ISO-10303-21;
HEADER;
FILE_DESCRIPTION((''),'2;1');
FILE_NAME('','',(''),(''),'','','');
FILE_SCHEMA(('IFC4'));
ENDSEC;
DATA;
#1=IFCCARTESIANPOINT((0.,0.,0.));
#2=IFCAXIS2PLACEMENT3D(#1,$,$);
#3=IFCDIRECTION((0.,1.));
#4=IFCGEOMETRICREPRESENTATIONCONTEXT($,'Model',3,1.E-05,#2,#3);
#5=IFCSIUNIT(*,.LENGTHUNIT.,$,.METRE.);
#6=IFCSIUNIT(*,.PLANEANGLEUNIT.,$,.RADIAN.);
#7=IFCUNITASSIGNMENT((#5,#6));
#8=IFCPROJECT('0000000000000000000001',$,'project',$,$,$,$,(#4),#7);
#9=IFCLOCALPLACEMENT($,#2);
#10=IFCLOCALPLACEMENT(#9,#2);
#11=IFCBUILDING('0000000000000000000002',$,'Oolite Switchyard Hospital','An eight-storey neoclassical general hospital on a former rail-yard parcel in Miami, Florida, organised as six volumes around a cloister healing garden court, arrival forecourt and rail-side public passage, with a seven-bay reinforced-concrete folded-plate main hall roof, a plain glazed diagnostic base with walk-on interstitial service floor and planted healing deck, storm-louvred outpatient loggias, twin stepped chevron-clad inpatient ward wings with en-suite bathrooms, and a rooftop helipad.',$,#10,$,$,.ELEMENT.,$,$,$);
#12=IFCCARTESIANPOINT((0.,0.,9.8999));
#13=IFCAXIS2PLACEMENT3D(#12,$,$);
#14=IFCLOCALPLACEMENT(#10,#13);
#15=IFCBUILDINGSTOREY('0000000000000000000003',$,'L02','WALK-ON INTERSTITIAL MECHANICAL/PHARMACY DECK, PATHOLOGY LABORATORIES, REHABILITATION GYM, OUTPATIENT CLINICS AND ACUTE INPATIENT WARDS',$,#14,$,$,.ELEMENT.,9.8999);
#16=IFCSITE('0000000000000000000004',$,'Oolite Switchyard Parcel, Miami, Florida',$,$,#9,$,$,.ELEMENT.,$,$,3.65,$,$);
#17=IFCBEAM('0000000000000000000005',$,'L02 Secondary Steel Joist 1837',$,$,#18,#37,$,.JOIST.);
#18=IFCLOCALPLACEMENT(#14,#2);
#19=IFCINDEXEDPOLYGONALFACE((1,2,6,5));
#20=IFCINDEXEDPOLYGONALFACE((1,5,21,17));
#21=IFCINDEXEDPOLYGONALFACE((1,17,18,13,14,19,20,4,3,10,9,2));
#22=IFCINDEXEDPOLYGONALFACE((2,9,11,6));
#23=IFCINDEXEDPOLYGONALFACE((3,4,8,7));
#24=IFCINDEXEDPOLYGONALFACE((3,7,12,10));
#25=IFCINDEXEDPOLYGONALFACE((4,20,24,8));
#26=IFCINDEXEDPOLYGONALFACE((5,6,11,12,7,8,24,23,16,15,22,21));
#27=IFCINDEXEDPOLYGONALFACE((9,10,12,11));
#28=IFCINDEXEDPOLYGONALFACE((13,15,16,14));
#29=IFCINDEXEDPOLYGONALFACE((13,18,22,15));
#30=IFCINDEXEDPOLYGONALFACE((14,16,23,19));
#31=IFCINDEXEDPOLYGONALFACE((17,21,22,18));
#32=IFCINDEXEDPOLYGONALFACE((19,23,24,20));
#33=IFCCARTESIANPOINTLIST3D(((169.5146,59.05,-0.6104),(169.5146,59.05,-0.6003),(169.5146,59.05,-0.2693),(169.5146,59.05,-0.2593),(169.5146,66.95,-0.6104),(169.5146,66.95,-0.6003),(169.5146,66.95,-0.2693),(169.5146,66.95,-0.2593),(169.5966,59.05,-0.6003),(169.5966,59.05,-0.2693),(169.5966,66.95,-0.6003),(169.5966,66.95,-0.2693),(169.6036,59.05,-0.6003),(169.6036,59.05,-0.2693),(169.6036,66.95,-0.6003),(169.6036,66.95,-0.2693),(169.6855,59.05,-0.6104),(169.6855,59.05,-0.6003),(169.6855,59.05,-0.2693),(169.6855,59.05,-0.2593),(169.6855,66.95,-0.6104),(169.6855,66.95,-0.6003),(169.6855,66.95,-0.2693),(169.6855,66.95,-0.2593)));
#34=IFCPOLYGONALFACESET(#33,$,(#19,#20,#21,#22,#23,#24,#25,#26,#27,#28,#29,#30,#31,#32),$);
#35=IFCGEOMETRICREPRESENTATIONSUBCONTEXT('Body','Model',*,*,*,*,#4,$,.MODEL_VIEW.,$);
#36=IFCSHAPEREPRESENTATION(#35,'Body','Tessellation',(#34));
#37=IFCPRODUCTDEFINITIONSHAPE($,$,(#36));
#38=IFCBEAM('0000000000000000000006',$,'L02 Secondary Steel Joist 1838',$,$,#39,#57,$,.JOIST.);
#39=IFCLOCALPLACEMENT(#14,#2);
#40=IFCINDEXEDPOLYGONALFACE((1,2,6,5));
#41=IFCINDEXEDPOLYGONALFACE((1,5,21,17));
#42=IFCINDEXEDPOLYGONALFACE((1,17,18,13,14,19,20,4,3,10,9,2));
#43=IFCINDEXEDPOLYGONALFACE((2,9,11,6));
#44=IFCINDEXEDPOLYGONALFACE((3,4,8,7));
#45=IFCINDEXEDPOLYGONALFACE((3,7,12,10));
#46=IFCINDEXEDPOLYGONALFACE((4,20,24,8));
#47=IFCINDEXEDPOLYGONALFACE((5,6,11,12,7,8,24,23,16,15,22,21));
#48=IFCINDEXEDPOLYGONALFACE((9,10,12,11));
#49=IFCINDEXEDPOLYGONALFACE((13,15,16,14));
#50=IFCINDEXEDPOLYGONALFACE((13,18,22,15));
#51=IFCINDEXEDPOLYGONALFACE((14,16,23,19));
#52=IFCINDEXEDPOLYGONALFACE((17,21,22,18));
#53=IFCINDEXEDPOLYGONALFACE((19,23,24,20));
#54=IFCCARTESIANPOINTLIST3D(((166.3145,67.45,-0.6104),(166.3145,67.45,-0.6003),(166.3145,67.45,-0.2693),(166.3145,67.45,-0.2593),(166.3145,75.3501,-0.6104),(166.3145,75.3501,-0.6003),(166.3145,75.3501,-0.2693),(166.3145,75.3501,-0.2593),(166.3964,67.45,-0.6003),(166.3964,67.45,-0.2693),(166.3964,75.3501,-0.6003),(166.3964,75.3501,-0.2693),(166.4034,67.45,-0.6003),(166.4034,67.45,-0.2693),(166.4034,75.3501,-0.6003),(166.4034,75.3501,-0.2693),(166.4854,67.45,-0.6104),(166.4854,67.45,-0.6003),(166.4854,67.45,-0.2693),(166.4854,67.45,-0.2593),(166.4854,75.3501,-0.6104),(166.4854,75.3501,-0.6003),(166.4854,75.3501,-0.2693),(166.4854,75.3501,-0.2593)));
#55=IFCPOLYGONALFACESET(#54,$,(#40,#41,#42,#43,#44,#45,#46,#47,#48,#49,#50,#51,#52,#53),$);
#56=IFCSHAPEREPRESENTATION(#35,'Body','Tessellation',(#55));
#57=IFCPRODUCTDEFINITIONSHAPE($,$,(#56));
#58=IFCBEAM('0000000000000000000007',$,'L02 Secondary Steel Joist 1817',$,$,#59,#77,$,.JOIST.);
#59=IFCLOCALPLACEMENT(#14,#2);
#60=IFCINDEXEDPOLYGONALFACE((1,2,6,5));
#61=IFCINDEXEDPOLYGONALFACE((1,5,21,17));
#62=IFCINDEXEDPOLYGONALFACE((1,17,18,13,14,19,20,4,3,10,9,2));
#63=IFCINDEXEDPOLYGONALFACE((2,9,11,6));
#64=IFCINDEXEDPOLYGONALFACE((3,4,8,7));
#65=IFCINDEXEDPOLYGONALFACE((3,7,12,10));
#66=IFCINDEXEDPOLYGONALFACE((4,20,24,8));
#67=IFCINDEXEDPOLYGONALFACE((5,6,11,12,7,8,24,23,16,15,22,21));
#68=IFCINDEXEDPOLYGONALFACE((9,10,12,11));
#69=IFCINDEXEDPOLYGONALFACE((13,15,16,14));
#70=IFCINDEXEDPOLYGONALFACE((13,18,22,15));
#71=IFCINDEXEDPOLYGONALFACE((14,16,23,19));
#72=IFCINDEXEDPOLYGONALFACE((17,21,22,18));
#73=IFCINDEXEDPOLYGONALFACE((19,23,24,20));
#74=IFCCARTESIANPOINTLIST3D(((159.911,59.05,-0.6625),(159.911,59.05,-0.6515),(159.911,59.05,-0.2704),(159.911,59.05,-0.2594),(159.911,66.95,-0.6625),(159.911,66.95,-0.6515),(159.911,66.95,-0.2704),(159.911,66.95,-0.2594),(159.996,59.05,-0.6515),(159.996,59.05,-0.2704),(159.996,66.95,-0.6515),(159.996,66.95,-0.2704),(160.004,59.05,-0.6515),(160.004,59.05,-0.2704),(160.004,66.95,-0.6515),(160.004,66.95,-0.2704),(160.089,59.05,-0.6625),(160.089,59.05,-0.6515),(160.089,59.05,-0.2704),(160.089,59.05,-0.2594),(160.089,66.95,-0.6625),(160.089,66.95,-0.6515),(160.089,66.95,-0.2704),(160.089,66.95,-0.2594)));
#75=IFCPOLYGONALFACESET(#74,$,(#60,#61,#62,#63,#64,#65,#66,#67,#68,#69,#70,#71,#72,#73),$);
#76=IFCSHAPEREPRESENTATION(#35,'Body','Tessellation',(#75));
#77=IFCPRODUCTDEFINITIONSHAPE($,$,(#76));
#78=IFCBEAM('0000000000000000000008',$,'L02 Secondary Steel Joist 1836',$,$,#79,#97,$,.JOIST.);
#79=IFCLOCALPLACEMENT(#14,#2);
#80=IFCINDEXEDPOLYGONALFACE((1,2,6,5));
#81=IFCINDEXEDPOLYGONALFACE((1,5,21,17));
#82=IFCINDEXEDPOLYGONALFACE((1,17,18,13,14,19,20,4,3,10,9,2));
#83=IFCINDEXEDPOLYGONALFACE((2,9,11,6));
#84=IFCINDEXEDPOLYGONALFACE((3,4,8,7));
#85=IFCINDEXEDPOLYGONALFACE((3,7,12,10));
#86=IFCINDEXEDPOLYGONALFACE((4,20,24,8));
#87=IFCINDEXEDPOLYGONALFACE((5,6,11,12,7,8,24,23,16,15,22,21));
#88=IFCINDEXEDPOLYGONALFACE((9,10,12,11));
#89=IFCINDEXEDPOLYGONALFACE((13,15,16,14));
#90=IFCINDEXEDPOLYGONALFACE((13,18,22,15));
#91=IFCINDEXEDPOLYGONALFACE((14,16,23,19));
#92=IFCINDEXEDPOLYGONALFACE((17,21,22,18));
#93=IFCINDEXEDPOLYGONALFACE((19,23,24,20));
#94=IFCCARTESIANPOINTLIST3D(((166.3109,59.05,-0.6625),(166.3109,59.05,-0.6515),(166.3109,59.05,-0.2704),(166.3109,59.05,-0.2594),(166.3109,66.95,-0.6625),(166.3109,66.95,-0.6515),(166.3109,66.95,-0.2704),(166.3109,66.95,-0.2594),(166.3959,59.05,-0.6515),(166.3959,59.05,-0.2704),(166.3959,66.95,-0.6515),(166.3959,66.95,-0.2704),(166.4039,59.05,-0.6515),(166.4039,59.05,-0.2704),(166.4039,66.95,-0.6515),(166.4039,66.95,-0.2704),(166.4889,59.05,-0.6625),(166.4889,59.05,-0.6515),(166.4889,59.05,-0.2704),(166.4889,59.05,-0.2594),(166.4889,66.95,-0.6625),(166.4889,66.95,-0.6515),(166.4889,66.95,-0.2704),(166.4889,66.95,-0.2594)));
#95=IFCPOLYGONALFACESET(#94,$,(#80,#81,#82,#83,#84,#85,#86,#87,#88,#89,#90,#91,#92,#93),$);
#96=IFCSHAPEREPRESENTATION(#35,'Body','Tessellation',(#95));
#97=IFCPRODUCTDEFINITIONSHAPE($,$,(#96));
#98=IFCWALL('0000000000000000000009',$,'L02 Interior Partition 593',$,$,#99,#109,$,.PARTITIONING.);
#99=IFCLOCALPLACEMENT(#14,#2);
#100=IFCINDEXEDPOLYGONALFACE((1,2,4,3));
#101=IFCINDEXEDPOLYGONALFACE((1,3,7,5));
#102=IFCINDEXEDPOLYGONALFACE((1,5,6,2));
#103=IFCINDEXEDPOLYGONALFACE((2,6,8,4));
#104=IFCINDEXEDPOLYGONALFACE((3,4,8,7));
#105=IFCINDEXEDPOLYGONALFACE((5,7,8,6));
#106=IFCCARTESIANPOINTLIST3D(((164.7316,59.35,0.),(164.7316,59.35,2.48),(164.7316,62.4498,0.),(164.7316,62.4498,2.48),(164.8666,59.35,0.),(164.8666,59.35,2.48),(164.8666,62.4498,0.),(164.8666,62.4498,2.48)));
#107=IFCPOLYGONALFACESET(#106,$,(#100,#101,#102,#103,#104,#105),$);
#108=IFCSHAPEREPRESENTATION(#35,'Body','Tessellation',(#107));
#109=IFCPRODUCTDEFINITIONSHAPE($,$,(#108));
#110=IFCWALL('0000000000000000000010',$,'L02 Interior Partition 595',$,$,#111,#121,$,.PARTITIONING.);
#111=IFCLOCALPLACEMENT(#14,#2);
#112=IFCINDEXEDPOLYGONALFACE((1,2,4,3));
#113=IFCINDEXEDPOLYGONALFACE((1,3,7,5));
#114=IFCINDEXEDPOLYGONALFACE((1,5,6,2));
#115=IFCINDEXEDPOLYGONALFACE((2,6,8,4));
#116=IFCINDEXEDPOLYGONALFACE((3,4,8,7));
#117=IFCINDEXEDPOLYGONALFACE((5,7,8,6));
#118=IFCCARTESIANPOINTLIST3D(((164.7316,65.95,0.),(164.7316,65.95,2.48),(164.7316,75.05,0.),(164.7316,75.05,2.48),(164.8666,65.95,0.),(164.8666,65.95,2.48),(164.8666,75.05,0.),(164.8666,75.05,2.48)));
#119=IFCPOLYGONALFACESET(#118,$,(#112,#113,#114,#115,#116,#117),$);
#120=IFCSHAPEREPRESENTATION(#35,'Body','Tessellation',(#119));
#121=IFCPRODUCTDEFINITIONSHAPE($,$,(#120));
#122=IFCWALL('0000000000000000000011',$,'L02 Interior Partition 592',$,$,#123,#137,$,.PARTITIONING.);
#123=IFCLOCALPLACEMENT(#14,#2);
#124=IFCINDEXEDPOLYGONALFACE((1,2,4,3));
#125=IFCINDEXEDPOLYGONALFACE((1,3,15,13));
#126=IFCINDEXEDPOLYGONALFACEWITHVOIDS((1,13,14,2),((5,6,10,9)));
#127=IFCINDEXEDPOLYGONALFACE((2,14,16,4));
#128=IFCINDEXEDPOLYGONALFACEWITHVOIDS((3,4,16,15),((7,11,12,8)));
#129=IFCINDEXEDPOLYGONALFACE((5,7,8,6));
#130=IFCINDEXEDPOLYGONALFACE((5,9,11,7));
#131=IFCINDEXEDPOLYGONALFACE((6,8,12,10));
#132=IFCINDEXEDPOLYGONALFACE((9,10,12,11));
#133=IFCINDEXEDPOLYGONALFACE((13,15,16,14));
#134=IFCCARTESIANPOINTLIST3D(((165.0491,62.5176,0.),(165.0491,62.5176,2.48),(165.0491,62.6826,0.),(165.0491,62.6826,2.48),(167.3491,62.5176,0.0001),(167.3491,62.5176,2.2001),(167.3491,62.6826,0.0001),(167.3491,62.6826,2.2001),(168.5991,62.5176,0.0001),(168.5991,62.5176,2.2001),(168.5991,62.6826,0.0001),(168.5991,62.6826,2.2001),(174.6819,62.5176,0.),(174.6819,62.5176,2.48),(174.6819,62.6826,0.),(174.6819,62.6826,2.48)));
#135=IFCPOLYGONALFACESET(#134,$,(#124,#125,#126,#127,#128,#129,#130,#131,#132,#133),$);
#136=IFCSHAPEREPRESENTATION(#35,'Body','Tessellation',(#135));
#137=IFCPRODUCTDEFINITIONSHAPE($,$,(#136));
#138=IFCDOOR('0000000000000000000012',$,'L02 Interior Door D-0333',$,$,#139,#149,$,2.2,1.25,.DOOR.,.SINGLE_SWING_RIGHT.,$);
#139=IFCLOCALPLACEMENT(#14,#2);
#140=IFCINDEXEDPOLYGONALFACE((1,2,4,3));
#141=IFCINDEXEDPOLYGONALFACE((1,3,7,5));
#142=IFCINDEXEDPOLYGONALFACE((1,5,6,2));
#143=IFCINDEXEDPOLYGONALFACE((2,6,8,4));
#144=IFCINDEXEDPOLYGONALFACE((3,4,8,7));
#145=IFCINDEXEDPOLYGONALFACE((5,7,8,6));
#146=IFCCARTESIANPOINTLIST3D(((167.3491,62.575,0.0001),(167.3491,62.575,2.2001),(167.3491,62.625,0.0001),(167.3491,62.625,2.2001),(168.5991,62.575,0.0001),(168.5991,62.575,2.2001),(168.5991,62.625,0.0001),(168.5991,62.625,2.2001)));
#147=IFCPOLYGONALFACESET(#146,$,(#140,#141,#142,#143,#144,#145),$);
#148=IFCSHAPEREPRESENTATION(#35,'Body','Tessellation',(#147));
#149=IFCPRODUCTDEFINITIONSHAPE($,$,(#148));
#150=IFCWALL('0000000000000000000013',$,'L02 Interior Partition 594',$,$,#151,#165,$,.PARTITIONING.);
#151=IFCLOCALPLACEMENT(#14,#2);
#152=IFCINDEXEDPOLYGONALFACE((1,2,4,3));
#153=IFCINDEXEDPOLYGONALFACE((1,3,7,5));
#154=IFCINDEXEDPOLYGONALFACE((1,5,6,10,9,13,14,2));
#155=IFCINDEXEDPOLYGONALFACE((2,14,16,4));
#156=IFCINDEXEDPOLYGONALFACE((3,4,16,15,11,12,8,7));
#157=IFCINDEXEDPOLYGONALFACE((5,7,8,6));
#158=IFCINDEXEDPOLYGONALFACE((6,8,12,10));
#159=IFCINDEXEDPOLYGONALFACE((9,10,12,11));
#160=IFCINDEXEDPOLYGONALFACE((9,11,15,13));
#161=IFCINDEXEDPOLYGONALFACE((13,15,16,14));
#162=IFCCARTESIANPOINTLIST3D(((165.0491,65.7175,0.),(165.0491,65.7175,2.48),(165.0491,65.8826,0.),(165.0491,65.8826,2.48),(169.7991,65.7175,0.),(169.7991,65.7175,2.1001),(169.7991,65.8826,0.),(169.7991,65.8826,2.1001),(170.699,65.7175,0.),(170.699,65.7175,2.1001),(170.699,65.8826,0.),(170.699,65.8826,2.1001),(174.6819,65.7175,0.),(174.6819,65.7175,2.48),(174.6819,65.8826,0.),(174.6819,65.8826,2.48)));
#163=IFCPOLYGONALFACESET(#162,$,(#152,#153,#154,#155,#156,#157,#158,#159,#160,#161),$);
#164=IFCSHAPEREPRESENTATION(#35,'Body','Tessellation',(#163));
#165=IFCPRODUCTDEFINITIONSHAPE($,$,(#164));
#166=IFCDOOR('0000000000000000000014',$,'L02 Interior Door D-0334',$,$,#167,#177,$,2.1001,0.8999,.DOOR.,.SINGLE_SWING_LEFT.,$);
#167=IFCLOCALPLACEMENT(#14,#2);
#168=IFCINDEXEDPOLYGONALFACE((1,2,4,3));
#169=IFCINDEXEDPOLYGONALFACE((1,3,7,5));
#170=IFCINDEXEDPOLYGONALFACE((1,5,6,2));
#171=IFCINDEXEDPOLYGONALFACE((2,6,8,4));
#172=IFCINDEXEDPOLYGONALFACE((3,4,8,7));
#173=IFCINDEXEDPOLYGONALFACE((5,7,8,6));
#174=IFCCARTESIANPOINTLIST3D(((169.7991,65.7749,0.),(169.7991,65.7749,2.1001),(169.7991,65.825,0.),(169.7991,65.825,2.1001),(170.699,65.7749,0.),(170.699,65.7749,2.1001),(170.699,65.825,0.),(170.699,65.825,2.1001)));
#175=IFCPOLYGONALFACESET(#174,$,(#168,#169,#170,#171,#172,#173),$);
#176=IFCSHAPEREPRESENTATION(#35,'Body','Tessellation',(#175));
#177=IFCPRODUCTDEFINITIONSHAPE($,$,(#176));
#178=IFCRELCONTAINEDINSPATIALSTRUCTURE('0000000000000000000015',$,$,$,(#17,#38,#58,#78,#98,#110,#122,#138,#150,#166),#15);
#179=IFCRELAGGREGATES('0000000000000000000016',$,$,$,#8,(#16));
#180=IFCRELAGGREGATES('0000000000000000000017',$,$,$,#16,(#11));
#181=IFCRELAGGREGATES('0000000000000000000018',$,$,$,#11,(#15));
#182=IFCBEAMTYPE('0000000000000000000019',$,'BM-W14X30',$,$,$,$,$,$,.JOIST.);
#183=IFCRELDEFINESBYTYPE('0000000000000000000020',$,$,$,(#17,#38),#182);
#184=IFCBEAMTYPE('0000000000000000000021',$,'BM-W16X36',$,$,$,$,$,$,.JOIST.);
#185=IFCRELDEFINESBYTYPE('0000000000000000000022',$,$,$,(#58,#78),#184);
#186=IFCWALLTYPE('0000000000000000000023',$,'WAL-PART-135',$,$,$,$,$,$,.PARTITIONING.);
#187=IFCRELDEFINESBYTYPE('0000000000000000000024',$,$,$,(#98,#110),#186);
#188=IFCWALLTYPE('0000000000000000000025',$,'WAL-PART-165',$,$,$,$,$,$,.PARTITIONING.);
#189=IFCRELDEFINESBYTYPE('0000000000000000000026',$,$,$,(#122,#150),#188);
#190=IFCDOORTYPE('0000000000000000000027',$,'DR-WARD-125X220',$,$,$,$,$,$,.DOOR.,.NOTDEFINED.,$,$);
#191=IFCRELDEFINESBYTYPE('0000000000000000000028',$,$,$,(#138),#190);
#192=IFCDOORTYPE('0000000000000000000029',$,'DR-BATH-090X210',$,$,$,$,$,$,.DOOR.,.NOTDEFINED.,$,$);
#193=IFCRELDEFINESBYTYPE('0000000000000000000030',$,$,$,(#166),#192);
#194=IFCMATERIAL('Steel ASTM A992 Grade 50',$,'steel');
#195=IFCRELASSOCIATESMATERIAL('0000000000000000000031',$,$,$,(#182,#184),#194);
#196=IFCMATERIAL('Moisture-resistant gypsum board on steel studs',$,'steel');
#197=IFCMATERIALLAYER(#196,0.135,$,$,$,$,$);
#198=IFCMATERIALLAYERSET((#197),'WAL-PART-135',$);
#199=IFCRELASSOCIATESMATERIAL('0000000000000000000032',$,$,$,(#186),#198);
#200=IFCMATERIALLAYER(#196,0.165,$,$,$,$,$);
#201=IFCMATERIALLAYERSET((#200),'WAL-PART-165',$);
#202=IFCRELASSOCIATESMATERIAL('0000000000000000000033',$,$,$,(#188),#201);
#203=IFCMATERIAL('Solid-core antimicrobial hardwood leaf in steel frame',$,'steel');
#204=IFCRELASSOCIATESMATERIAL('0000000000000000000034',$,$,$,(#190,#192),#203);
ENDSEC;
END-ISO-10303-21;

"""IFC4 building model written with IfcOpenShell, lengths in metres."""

from ifc_helpers import new_model, si_unit, direction, frame, frame_2d, origin, origin_2d, place, context, subcontext, project, spatial, rectangle, i_section, extrude, material, layer, layer_set, material_profile, profile_set, type_object, element, fill, save


model = new_model("IFC4")

# Units and contexts
model_context = context("Model", 3, precision=1e-05, world=origin(), true_north=direction((0.0, 1.0)))
body_context = subcontext(model_context, "Body", "Model", "MODEL_VIEW")
ifc_project = project(units=[si_unit("LENGTHUNIT", "METRE"), si_unit("PLANEANGLEUNIT", "RADIAN")], contexts=[model_context])

# Site, building, storey
site_placement = place(None, origin())
site = spatial("IfcSite", under=ifc_project, at=site_placement, Name="Oolite Switchyard Parcel, Miami, Florida", CompositionType="ELEMENT", RefElevation=3.65)
building_placement = place(site_placement, origin())
building = spatial("IfcBuilding", under=site, at=building_placement, Name="Oolite Switchyard Hospital", Description="An eight-storey neoclassical general hospital on a former rail-yard parcel in Miami, Florida, organised as six volumes around a cloister healing garden court, arrival forecourt and rail-side public passage, with a seven-bay reinforced-concrete folded-plate main hall roof, a plain glazed diagnostic base with walk-on interstitial service floor and planted healing deck, storm-louvred outpatient loggias, twin stepped chevron-clad inpatient ward wings with en-suite bathrooms, and a rooftop helipad.", CompositionType="ELEMENT")
storey_placement = place(building_placement, frame((0.0, 0.0, 9.8999)))
storey = spatial("IfcBuildingStorey", under=building, at=storey_placement, Name="L02", Description="WALK-ON INTERSTITIAL MECHANICAL/PHARMACY DECK, PATHOLOGY LABORATORIES, REHABILITATION GYM, OUTPATIENT CLINICS AND ACUTE INPATIENT WARDS", CompositionType="ELEMENT", Elevation=9.8999)

# Beams
ifc_material_1 = material(Name="Steel ASTM A992 Grade 50", Category="steel")
ifc_material_profile_1 = material_profile(ifc_material_1, i_section(OverallWidth=0.1709, OverallDepth=0.3511, WebThickness=0.0071, FlangeThickness=0.01, at=origin_2d()), Name="W14X30")
ifc_profile_set_1 = profile_set([ifc_material_profile_1], Name="Steel ASTM A992 Grade 50")
beam_type_1 = type_object("IfcBeamType", Name="BM-W14X30", PredefinedType="JOIST", material=ifc_profile_set_1)
beam_1_placement = place(storey_placement, frame((169.6001, 59.05, -0.4348), z_axis=(0.0, 1.0, 0.0), x_axis=(-1.0, 0.0, 0.0)))
element("IfcBeam", 1, at=beam_1_placement, inside=storey, type_object=beam_type_1, Name="L02 Secondary Steel Joist 1837", PredefinedType="JOIST", context=body_context, shape_type="SweptSolid", body=[
    extrude(i_section(OverallWidth=0.1709, OverallDepth=0.3511, WebThickness=0.0071, FlangeThickness=0.01, at=origin_2d()), origin(), (0.0, 0.0, 1.0), 7.8999),
])
beam_2_placement = place(storey_placement, frame((166.3999, 67.45, -0.4348), z_axis=(0.0, 1.0, 0.0), x_axis=(-1.0, 0.0, 0.0)))
element("IfcBeam", 2, at=beam_2_placement, inside=storey, type_object=beam_type_1, Name="L02 Secondary Steel Joist 1838", PredefinedType="JOIST", context=body_context, shape_type="SweptSolid", body=[
    extrude(i_section(OverallWidth=0.1709, OverallDepth=0.3511, WebThickness=0.0071, FlangeThickness=0.01, at=origin_2d()), origin(), (0.0, 0.0, 1.0), 7.9001),
])
ifc_material_profile_2 = material_profile(ifc_material_1, i_section(OverallWidth=0.178, OverallDepth=0.4031, WebThickness=0.0081, FlangeThickness=0.011, at=origin_2d()), Name="W16X36")
ifc_profile_set_2 = profile_set([ifc_material_profile_2], Name="Steel ASTM A992 Grade 50")
beam_type_2 = type_object("IfcBeamType", Name="BM-W16X36", PredefinedType="JOIST", material=ifc_profile_set_2)
for number, where, z_axis, x_axis, name in (
    (3, (160.0, 59.05, -0.4609), (0.0, 1.0, 0.0), (-1.0, 0.0, 0.0), "L02 Secondary Steel Joist 1817"),
    (4, (166.3999, 59.05, -0.4609), (0.0, 1.0, 0.0), (-1.0, 0.0, 0.0), "L02 Secondary Steel Joist 1836"),
):
    element("IfcBeam", number, at=place(storey_placement, frame(where, z_axis=z_axis, x_axis=x_axis)), inside=storey, type_object=beam_type_2, Name=name, PredefinedType="JOIST", context=body_context, shape_type="SweptSolid", body=[
        extrude(i_section(OverallWidth=0.178, OverallDepth=0.4031, WebThickness=0.0081, FlangeThickness=0.011, at=origin_2d()), origin(), (0.0, 0.0, 1.0), 7.8999),
    ])

# Walls
ifc_material_2 = material(Name="Moisture-resistant gypsum board on steel studs", Category="steel")
ifc_layer_1 = layer(ifc_material_2, 0.135)
ifc_layer_set_1 = layer_set([ifc_layer_1], Name="WAL-PART-135")
wall_type_1 = type_object("IfcWallType", Name="WAL-PART-135", PredefinedType="PARTITIONING", material=ifc_layer_set_1)
wall_1_placement = place(storey_placement, frame((164.7991, 59.3501, 0.0), z_axis=(0.0, 0.0, 1.0), x_axis=(0.0, 1.0, 0.0)))
element("IfcWall", 5, at=wall_1_placement, inside=storey, type_object=wall_type_1, Name="L02 Interior Partition 593", PredefinedType="PARTITIONING", context=body_context, shape_type="SweptSolid", body=[
    extrude(rectangle(XDim=3.0999, YDim=0.135, at=frame_2d((1.5498, 0.0))), origin(), (0.0, 0.0, 1.0), 2.48),
])
wall_2_placement = place(storey_placement, frame((164.7991, 65.95, 0.0), z_axis=(0.0, 0.0, 1.0), x_axis=(0.0, 1.0, 0.0)))
element("IfcWall", 6, at=wall_2_placement, inside=storey, type_object=wall_type_1, Name="L02 Interior Partition 595", PredefinedType="PARTITIONING", context=body_context, shape_type="SweptSolid", body=[
    extrude(rectangle(XDim=9.1001, YDim=0.135, at=frame_2d((4.55, 0.0))), origin(), (0.0, 0.0, 1.0), 2.48),
])

# Walls, openings, doors
ifc_layer_2 = layer(ifc_material_2, 0.165)
ifc_layer_set_2 = layer_set([ifc_layer_2], Name="WAL-PART-165")
wall_type_2 = type_object("IfcWallType", Name="WAL-PART-165", PredefinedType="PARTITIONING", material=ifc_layer_set_2)
wall_3_placement = place(storey_placement, frame((165.0491, 62.6001, 0.0), z_axis=(0.0, 0.0, 1.0), x_axis=(1.0, 0.0, 0.0)))
wall_3 = element("IfcWall", 7, at=wall_3_placement, inside=storey, type_object=wall_type_2, Name="L02 Interior Partition 592", PredefinedType="PARTITIONING", context=body_context, shape_type="SweptSolid", body=[
    extrude(rectangle(XDim=9.6328, YDim=0.165, at=frame_2d((4.8164, 0.0))), origin(), (0.0, 0.0, 1.0), 2.48),
])
opening_1_placement = place(wall_3_placement, frame((2.3, 0.0, 0.0)))
opening_1 = element("IfcOpeningElement", 8, at=opening_1_placement, cuts=wall_3, PredefinedType="OPENING", context=body_context, shape_type="SweptSolid", body=[
    extrude(rectangle(XDim=1.25, YDim=2.2, at=frame_2d((0.625, 1.1001))), frame((0.0, 0.0925, 0.0), z_axis=(0.0, -1.0, 0.0), x_axis=(1.0, 0.0, 0.0)), (0.0, 0.0, 1.0), 0.1851),
])
ifc_material_3 = material(Name="Solid-core antimicrobial hardwood leaf in steel frame", Category="steel")
door_type_1 = type_object("IfcDoorType", Name="DR-WARD-125X220", OperationType="NOTDEFINED", PredefinedType="DOOR", material=ifc_material_3)
door_1_placement = place(opening_1_placement, origin())
door_1 = element("IfcDoor", 9, at=door_1_placement, inside=storey, type_object=door_type_1, Name="L02 Interior Door D-0333", OperationType="SINGLE_SWING_RIGHT", OverallHeight=2.2, OverallWidth=1.25, PredefinedType="DOOR", context=body_context, shape_type="SweptSolid", body=[
    extrude(rectangle(XDim=1.25, YDim=2.2, at=frame_2d((0.625, 1.1001))), frame((0.0, 0.0249, 0.0), z_axis=(0.0, -1.0, 0.0), x_axis=(1.0, 0.0, 0.0)), (0.0, 0.0, 1.0), 0.05),
])
fill(opening_1, door_1)
wall_4_placement = place(storey_placement, frame((165.0491, 65.8, 0.0), z_axis=(0.0, 0.0, 1.0), x_axis=(1.0, 0.0, 0.0)))
wall_4 = element("IfcWall", 10, at=wall_4_placement, inside=storey, type_object=wall_type_2, Name="L02 Interior Partition 594", PredefinedType="PARTITIONING", context=body_context, shape_type="SweptSolid", body=[
    extrude(rectangle(XDim=9.6328, YDim=0.165, at=frame_2d((4.8164, 0.0))), origin(), (0.0, 0.0, 1.0), 2.48),
])
opening_2_placement = place(wall_4_placement, frame((4.75, 0.0, 0.0)))
opening_2 = element("IfcOpeningElement", 11, at=opening_2_placement, cuts=wall_4, PredefinedType="OPENING", context=body_context, shape_type="SweptSolid", body=[
    extrude(rectangle(XDim=0.8999, YDim=2.1001, at=frame_2d((0.45, 1.05))), frame((0.0, 0.0925, 0.0), z_axis=(0.0, -1.0, 0.0), x_axis=(1.0, 0.0, 0.0)), (0.0, 0.0, 1.0), 0.1851),
])
door_type_2 = type_object("IfcDoorType", Name="DR-BATH-090X210", OperationType="NOTDEFINED", PredefinedType="DOOR", material=ifc_material_3)
door_2_placement = place(opening_2_placement, origin())
door_2 = element("IfcDoor", 12, at=door_2_placement, inside=storey, type_object=door_type_2, Name="L02 Interior Door D-0334", OperationType="SINGLE_SWING_LEFT", OverallHeight=2.1001, OverallWidth=0.8999, PredefinedType="DOOR", context=body_context, shape_type="SweptSolid", body=[
    extrude(rectangle(XDim=0.8999, YDim=2.1001, at=frame_2d((0.45, 1.05))), frame((0.0, 0.0249, 0.0), z_axis=(0.0, -1.0, 0.0), x_axis=(1.0, 0.0, 0.0)), (0.0, 0.0, 1.0), 0.05),
])
fill(opening_2, door_2)

save(model, "model.ifc")
